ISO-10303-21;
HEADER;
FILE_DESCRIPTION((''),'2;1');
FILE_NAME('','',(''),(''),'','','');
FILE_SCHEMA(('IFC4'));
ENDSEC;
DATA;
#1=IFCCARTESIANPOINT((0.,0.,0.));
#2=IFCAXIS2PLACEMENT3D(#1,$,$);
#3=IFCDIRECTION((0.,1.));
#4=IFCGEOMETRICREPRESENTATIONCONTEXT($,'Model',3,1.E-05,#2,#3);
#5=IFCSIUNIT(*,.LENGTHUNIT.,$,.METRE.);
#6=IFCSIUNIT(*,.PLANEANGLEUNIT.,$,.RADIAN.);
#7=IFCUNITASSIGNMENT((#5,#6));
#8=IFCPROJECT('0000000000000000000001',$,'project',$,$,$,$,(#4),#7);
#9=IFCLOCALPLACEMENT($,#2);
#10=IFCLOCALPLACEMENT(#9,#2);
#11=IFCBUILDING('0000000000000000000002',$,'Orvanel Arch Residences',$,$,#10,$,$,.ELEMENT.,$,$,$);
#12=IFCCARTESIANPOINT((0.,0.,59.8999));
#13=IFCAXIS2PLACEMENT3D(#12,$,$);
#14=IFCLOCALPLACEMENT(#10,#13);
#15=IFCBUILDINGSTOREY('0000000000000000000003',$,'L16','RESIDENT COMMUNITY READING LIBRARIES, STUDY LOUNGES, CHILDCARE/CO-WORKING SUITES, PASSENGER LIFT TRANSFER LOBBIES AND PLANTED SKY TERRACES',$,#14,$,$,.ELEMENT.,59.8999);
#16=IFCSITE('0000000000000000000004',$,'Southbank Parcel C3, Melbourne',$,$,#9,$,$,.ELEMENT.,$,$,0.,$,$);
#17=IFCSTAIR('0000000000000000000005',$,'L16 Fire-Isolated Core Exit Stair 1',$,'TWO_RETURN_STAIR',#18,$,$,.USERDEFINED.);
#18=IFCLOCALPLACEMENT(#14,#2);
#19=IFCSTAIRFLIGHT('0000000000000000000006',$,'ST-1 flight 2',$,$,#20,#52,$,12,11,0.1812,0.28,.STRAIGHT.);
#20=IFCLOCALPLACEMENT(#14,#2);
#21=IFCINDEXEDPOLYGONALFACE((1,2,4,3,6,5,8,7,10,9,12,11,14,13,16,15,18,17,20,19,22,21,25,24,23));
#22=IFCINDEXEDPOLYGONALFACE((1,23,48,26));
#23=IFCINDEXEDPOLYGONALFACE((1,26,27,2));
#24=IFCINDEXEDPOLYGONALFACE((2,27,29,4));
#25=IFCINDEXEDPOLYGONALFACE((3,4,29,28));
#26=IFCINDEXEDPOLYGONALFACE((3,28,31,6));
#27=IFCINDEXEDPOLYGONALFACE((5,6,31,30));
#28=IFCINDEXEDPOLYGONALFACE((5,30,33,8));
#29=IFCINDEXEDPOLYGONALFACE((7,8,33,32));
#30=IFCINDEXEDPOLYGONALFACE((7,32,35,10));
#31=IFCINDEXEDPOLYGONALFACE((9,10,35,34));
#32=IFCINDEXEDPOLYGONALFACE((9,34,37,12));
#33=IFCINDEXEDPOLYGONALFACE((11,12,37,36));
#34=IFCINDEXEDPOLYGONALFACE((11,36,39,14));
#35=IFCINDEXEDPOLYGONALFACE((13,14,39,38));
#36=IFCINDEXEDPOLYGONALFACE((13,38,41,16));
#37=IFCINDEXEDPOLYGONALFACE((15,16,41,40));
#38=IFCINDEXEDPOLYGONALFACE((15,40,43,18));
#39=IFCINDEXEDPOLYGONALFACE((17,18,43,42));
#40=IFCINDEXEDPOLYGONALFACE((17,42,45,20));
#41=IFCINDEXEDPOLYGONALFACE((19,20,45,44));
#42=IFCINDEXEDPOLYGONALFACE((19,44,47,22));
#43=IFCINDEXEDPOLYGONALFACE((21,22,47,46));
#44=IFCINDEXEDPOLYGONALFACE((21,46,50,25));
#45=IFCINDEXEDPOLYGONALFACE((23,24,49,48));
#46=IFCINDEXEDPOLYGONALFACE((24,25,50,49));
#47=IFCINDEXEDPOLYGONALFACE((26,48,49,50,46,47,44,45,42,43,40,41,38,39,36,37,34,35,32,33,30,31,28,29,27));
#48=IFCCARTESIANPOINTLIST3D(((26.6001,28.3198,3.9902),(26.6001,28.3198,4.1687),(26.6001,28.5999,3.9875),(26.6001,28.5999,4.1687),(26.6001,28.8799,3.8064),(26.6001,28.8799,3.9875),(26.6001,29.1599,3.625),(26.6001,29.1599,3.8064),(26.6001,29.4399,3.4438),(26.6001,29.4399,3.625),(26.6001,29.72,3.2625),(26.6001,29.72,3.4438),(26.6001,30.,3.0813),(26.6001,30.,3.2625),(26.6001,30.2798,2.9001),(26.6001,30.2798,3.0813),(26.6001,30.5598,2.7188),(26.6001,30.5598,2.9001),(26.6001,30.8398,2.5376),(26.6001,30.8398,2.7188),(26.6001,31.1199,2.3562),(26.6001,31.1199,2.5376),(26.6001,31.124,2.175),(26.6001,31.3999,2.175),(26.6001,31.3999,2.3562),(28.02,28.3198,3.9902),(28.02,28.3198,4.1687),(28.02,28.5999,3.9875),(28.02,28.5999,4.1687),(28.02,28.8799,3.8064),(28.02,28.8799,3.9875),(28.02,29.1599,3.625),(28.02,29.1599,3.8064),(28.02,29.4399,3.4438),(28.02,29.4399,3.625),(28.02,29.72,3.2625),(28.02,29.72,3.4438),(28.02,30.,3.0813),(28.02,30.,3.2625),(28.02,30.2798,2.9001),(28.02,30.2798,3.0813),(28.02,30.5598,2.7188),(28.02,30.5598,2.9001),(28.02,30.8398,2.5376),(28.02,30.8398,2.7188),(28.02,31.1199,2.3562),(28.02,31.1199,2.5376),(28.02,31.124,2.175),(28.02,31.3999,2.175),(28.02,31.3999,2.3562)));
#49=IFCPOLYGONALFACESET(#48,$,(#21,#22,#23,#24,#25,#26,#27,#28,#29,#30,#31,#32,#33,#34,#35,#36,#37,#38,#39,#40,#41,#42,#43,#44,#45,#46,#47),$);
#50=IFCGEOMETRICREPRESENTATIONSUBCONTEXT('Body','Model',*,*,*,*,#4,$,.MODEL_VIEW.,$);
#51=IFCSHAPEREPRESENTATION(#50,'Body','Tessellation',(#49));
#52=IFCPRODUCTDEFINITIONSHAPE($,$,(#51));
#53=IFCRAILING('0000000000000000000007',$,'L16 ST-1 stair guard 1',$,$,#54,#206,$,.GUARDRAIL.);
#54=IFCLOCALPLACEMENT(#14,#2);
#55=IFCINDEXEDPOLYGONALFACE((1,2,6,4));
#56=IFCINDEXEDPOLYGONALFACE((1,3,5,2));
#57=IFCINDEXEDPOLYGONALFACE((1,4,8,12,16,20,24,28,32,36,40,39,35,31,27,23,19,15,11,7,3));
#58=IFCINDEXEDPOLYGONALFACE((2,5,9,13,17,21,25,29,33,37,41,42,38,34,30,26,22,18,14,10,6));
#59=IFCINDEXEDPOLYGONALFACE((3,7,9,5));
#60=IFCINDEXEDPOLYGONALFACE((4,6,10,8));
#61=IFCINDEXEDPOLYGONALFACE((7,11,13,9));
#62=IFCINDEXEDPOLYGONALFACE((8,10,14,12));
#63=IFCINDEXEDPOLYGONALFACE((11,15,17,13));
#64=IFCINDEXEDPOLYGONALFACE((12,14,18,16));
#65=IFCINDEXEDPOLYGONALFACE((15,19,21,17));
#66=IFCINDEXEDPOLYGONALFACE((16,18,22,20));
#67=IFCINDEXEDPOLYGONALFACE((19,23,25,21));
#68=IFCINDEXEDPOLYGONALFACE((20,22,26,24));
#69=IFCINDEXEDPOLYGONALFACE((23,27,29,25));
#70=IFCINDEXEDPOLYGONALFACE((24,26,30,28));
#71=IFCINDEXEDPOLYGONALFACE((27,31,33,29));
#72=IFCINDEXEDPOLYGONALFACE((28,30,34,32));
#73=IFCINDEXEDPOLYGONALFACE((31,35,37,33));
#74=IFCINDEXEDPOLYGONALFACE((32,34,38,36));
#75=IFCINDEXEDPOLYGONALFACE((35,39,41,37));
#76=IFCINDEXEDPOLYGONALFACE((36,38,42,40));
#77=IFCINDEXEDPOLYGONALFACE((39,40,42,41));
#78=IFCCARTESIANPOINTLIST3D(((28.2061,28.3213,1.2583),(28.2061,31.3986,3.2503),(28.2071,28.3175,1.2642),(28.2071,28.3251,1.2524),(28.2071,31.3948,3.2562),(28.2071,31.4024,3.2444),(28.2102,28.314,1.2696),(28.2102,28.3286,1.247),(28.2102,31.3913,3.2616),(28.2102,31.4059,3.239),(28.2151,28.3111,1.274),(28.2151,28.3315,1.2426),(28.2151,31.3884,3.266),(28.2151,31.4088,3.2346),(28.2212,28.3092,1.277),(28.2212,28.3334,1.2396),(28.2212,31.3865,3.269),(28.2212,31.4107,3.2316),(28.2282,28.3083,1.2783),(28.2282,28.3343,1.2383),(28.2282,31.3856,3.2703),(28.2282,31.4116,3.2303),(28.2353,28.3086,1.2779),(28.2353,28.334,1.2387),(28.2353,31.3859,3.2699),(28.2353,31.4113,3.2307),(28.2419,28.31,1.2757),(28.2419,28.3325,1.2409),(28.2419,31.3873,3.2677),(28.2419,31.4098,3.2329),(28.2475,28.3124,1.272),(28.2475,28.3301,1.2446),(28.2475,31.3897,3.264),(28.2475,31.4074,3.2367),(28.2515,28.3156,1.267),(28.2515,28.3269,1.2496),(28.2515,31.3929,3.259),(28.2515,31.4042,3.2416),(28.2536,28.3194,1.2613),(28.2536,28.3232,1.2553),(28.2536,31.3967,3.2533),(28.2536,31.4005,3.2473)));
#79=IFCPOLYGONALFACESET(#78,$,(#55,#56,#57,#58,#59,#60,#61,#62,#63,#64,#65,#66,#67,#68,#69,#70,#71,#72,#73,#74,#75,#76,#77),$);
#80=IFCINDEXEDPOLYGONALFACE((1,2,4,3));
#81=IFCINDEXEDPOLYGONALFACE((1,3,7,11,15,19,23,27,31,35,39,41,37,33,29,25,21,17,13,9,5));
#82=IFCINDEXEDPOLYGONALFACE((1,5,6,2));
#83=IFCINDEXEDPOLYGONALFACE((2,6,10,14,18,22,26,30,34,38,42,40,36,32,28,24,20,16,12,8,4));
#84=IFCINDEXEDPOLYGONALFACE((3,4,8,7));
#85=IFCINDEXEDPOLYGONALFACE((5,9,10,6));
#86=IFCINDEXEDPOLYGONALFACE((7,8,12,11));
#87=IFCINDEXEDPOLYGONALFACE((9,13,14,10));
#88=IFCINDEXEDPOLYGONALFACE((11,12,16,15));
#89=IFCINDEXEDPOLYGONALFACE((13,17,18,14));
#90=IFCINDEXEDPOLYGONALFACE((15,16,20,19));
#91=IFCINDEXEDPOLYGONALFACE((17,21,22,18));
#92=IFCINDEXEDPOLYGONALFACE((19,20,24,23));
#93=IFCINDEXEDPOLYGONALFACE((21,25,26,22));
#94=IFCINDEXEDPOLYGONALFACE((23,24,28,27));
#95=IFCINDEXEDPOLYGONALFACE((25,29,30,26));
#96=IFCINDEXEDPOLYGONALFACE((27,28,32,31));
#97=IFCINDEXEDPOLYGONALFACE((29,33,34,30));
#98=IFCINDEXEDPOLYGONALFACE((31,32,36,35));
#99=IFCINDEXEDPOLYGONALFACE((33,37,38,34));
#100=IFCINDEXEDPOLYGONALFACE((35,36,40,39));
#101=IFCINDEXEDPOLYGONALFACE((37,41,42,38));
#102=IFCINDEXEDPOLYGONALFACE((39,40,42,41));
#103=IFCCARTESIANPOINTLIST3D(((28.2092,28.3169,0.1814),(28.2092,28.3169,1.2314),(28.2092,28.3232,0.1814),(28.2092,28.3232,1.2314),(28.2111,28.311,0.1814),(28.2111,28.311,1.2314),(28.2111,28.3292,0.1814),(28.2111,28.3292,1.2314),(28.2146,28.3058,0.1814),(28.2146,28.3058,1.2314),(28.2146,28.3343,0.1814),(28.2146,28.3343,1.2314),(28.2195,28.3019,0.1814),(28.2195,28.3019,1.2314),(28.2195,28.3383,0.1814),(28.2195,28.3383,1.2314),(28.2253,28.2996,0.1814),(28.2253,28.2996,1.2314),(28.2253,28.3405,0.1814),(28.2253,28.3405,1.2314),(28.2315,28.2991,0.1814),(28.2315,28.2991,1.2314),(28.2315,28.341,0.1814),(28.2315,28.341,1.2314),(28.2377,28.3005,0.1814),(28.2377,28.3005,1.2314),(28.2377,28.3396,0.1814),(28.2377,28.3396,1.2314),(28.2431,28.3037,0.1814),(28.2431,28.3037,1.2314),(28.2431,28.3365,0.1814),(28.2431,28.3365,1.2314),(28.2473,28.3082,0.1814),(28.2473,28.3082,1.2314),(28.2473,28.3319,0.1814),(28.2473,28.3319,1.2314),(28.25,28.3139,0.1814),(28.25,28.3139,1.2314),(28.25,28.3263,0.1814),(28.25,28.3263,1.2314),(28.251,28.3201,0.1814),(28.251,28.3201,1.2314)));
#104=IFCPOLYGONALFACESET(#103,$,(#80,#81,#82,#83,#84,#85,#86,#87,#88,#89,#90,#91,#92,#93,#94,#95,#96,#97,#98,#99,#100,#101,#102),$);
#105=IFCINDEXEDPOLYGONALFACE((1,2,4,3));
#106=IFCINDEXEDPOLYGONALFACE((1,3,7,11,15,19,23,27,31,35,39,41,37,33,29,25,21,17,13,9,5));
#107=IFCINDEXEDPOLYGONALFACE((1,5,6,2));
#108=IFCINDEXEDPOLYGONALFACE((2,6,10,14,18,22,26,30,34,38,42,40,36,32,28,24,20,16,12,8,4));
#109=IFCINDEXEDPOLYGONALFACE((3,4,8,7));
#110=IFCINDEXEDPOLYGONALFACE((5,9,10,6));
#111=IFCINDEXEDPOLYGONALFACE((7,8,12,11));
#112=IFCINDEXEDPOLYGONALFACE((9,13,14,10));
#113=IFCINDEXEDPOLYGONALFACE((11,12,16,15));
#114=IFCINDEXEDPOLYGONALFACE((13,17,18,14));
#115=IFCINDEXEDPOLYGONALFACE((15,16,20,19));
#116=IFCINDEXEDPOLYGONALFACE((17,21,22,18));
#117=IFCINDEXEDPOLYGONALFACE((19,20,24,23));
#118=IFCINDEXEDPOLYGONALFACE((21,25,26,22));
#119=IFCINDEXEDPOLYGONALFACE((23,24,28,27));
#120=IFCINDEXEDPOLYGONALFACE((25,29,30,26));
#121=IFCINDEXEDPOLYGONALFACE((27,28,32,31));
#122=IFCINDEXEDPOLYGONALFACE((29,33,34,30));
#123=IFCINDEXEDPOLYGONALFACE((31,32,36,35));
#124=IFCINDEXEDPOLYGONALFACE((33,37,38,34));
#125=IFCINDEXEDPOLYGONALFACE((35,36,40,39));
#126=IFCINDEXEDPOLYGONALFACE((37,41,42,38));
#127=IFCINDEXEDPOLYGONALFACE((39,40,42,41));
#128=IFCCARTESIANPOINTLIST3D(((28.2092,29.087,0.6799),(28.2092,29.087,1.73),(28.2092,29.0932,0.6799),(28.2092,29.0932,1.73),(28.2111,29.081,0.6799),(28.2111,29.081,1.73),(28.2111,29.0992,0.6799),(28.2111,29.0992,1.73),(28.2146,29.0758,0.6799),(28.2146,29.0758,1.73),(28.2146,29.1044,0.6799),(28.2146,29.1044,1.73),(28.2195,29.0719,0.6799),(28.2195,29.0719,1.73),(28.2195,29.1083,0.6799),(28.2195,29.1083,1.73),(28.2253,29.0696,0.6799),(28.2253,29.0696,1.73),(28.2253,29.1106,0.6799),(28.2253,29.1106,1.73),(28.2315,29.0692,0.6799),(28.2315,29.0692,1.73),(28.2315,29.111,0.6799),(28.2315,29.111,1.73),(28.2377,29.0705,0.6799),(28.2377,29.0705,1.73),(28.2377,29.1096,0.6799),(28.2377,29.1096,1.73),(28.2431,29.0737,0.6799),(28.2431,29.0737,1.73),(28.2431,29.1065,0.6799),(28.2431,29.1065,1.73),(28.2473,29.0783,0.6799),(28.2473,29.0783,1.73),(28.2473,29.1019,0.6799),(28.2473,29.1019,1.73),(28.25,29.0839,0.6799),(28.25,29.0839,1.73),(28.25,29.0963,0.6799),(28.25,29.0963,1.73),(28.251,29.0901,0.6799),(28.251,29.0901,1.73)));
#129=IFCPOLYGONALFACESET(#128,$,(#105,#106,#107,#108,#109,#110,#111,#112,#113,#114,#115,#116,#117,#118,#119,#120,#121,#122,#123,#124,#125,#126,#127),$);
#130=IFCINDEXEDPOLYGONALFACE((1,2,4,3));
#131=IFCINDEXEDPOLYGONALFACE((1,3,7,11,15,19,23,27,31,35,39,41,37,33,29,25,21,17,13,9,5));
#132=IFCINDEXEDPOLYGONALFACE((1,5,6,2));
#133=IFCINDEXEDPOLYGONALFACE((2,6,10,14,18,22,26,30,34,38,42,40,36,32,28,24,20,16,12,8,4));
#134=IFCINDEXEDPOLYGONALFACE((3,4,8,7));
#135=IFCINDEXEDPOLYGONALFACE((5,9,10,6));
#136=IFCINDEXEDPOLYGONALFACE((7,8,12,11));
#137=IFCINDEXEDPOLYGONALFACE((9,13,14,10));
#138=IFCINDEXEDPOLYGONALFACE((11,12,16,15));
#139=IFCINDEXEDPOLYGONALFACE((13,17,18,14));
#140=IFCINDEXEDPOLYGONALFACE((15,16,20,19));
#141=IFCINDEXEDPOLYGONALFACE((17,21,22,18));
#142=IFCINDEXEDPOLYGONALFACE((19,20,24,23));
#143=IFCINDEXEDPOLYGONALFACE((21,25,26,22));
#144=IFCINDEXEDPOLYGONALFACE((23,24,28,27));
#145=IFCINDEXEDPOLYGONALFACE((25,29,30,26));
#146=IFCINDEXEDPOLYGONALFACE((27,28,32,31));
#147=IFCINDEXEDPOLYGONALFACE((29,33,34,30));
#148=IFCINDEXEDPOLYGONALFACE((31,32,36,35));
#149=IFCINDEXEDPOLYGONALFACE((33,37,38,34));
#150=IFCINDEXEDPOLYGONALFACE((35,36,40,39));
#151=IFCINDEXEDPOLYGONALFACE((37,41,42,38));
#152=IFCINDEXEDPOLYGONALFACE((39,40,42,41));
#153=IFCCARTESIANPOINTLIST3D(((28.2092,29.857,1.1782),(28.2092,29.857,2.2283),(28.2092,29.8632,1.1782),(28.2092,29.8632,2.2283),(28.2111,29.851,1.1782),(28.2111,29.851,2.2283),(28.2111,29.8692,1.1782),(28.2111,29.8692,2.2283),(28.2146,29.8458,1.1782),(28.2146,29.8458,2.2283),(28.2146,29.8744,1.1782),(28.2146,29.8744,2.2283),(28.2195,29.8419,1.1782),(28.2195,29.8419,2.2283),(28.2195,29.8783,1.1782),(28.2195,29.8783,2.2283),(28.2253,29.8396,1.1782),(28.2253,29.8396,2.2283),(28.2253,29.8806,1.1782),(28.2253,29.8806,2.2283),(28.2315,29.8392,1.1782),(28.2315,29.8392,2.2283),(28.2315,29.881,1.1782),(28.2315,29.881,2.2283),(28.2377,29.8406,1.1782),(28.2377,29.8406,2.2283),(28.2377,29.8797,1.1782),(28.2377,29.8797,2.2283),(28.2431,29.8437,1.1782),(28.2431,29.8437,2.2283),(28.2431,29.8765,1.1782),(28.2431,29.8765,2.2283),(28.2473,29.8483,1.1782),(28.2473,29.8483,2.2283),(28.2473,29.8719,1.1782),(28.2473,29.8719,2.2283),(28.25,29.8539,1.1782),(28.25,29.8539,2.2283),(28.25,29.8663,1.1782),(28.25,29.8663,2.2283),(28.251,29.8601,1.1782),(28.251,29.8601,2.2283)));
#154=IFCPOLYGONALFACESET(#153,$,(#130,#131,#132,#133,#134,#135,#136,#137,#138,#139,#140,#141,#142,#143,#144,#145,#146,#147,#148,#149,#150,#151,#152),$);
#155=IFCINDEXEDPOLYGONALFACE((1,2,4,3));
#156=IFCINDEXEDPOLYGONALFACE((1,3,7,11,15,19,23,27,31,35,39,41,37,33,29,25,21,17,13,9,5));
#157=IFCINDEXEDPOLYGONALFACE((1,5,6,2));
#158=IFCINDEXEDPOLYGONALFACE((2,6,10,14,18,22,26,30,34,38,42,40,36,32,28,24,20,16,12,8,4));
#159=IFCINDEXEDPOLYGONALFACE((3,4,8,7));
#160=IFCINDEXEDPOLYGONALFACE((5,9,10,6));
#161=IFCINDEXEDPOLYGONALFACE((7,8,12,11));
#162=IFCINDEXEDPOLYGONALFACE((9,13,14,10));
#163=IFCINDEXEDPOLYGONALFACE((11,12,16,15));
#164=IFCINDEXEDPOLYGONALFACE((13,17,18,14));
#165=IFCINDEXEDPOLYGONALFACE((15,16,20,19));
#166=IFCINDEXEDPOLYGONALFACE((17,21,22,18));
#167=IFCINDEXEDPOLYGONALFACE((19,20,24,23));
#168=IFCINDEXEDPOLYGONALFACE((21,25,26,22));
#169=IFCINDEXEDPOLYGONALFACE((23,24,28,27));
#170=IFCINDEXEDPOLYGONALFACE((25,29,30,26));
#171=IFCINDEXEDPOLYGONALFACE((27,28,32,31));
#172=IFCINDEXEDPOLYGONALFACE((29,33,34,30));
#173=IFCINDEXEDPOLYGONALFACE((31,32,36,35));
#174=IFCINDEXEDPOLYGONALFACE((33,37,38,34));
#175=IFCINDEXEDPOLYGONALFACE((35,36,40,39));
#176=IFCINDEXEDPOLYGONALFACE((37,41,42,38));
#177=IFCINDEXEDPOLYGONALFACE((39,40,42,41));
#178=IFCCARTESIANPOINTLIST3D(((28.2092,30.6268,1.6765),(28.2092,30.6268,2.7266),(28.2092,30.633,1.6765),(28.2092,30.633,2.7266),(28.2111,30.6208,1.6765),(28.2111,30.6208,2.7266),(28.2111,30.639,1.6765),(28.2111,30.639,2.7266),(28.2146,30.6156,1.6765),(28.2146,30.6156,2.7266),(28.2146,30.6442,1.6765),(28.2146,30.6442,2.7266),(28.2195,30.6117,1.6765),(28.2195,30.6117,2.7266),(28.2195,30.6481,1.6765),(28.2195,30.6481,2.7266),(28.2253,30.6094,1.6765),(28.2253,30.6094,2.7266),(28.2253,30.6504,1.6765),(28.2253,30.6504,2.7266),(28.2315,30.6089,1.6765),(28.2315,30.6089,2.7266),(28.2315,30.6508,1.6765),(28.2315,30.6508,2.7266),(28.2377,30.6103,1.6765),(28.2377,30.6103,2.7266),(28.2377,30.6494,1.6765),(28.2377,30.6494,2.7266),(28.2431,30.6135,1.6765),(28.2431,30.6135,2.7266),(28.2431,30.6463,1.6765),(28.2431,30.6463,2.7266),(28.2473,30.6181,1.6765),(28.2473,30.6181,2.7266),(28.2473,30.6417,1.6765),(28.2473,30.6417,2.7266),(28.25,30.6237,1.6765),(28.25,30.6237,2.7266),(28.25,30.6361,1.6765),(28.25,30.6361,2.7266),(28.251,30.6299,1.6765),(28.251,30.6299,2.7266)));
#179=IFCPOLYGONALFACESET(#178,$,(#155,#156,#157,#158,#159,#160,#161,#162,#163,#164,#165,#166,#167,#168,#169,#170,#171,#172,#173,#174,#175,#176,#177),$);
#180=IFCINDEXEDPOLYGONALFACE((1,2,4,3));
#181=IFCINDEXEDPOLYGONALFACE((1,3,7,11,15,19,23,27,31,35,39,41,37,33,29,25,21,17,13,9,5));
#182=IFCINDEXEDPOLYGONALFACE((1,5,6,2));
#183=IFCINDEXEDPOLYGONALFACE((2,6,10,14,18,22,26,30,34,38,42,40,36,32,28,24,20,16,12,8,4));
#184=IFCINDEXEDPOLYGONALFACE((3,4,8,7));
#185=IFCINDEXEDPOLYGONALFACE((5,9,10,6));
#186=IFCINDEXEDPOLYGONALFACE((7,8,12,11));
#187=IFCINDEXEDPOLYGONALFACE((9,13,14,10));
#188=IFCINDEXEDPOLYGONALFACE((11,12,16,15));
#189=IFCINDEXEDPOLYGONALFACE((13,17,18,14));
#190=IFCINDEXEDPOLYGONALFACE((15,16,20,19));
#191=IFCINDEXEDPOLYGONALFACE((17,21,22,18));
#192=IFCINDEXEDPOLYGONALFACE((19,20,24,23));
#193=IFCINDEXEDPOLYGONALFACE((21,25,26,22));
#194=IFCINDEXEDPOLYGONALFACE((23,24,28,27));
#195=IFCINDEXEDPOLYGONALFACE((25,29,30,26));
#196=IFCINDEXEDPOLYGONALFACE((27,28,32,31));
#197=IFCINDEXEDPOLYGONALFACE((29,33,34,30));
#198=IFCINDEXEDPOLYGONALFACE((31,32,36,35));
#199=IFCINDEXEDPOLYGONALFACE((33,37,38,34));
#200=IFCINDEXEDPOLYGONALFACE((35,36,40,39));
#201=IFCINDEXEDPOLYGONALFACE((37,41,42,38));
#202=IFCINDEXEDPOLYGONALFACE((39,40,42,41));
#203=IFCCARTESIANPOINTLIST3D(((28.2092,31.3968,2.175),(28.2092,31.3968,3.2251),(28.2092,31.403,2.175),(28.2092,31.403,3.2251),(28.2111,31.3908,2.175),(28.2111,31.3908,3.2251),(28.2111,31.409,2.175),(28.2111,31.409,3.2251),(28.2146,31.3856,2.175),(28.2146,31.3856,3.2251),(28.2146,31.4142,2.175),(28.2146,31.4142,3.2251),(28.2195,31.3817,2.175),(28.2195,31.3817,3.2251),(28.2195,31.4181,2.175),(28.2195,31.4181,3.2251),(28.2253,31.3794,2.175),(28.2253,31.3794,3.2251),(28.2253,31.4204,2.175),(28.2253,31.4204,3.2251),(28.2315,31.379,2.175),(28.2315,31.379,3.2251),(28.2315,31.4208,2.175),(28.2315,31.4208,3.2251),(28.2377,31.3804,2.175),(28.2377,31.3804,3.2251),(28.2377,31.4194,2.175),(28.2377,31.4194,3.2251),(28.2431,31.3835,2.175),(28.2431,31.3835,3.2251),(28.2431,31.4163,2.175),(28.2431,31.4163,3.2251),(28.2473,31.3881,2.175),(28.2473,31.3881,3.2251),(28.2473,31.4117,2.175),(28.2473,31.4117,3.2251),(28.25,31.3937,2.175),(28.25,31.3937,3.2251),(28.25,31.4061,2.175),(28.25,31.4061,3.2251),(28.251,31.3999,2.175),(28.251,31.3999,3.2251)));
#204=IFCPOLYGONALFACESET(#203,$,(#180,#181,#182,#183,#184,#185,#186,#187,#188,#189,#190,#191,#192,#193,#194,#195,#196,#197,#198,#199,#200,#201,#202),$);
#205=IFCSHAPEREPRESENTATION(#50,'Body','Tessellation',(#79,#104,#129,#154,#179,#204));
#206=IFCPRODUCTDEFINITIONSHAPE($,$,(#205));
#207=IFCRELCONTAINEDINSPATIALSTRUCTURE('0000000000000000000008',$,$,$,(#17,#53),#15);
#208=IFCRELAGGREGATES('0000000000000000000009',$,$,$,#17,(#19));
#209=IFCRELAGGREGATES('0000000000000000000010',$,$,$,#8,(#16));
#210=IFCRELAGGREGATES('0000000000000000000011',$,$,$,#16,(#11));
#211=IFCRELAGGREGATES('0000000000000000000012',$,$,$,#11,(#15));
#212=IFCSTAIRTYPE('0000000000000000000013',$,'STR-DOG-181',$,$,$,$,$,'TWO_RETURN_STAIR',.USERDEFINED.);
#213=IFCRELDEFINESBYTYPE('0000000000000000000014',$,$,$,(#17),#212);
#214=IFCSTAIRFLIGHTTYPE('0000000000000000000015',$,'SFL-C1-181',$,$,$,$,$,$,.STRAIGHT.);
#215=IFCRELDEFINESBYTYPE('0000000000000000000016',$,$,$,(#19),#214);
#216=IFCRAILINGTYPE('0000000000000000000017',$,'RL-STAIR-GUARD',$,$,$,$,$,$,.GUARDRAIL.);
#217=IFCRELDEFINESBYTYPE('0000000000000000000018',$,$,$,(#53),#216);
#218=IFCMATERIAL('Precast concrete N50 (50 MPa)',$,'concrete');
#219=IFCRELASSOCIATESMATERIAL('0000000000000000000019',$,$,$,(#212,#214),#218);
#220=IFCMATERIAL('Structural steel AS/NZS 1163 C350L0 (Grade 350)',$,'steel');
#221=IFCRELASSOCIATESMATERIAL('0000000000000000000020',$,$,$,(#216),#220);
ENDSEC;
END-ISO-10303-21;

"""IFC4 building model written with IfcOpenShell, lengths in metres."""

from ifc_helpers import new_model, si_unit, direction, frame, origin, origin_2d, place, context, subcontext, project, spatial, polyline, circle, outline, extrude, material, type_object, element, aggregate, save


model = new_model("IFC4")

# Units and contexts
model_context = context("Model", 3, precision=1e-05, world=origin(), true_north=direction((0.0, 1.0)))
body_context = subcontext(model_context, "Body", "Model", "MODEL_VIEW")
ifc_project = project(units=[si_unit("LENGTHUNIT", "METRE"), si_unit("PLANEANGLEUNIT", "RADIAN")], contexts=[model_context])

# Site, building, storey
site_placement = place(None, origin())
site = spatial("IfcSite", under=ifc_project, at=site_placement, Name="Southbank Parcel C3, Melbourne", CompositionType="ELEMENT", RefElevation=0.0)
building_placement = place(site_placement, origin())
building = spatial("IfcBuilding", under=site, at=building_placement, Name="Orvanel Arch Residences", CompositionType="ELEMENT")
storey_placement = place(building_placement, frame((0.0, 0.0, 59.8999)))
storey = spatial("IfcBuildingStorey", under=building, at=storey_placement, Name="L16", Description="RESIDENT COMMUNITY READING LIBRARIES, STUDY LOUNGES, CHILDCARE/CO-WORKING SUITES, PASSENGER LIFT TRANSFER LOBBIES AND PLANTED SKY TERRACES", CompositionType="ELEMENT", Elevation=59.8999)

# Stair, stair flight
ifc_material_1 = material(Name="Precast concrete N50 (50 MPa)", Category="concrete")
stair_type = type_object("IfcStairType", Name="STR-DOG-181", ElementType="TWO_RETURN_STAIR", PredefinedType="USERDEFINED", material=ifc_material_1)
stair_placement = place(storey_placement, origin())
stair = element("IfcStair", 1, at=stair_placement, inside=storey, type_object=stair_type, Name="L16 Fire-Isolated Core Exit Stair 1", ObjectType="TWO_RETURN_STAIR", PredefinedType="USERDEFINED")
stair_flight_type = type_object("IfcStairFlightType", Name="SFL-C1-181", PredefinedType="STRAIGHT", material=ifc_material_1)
stair_flight_1_placement = place(storey_placement, frame((27.3101, 31.3999, 2.175), z_axis=(0.0, 0.0, 1.0), x_axis=(0.0, -1.0, 0.0)))
stair_flight_1 = element("IfcStairFlight", 2, at=stair_flight_1_placement, type_object=stair_flight_type, Name="ST-1 flight 2", NumberOfRisers=12, NumberOfTreads=11, PredefinedType="STRAIGHT", RiserHeight=0.1812, TreadLength=0.28, context=body_context, shape_type="SweptSolid", body=[
    extrude(outline(polyline([(0.0, 0.0), (0.0, 0.1812), (0.28, 0.1812), (0.28, 0.3625), (0.5601, 0.3625), (0.5601, 0.5437), (0.8401, 0.5437), (0.8401, 0.7251), (1.1201, 0.7251), (1.1201, 0.9062), (1.3999, 0.9062), (1.3999, 1.0874), (1.6799, 1.0874), (1.6799, 1.2688), (1.96, 1.2688), (1.96, 1.45), (2.24, 1.45), (2.24, 1.6313), (2.52, 1.6313), (2.52, 1.8125), (2.8, 1.8125), (2.8, 1.9937), (3.0801, 1.9937), (3.0801, 2.175), (3.0801, 1.8152), (0.2759, 0.0), (0.0, 0.0)])), frame((0.0, 0.71, 0.0), z_axis=(0.0, -1.0, 0.0), x_axis=(1.0, 0.0, 0.0)), (0.0, 0.0, 1.0), 1.4199),
])
aggregate(stair, [stair_flight_1])

# Railing
ifc_material_2 = material(Name="Structural steel AS/NZS 1163 C350L0 (Grade 350)", Category="steel")
railing_type_1 = type_object("IfcRailingType", Name="RL-STAIR-GUARD", PredefinedType="GUARDRAIL", material=ifc_material_2)
railing_1_placement = place(storey_placement, frame((28.23, 28.3201, 0.1814)))
element("IfcRailing", 3, at=railing_1_placement, inside=storey, type_object=railing_type_1, Name="L16 ST-1 stair guard 1", PredefinedType="GUARDRAIL", context=body_context, shape_type="SweptSolid", body=[
    extrude(circle(Radius=0.0239, at=origin_2d()), frame((0.0, 0.0012, 1.0769), z_axis=(0.0, 0.839468, 0.543409), x_axis=(-1.0, 0.0, 0.0)), (0.0, 0.0, 1.0), 3.6658),
    extrude(circle(Radius=0.021, at=origin_2d()), origin(), (0.0, 0.0, 1.0), 1.05),
    extrude(circle(Radius=0.021, at=origin_2d()), frame((0.0, 0.77, 0.4985)), (0.0, 0.0, 1.0), 1.05),
    extrude(circle(Radius=0.021, at=origin_2d()), frame((0.0, 1.54, 0.9968)), (0.0, 0.0, 1.0), 1.05),
    extrude(circle(Radius=0.021, at=origin_2d()), frame((0.0, 2.3098, 1.4951)), (0.0, 0.0, 1.0), 1.05),
    extrude(circle(Radius=0.021, at=origin_2d()), frame((0.0, 3.0798, 1.9937)), (0.0, 0.0, 1.0), 1.05),
])

save(model, "model.ifc")
